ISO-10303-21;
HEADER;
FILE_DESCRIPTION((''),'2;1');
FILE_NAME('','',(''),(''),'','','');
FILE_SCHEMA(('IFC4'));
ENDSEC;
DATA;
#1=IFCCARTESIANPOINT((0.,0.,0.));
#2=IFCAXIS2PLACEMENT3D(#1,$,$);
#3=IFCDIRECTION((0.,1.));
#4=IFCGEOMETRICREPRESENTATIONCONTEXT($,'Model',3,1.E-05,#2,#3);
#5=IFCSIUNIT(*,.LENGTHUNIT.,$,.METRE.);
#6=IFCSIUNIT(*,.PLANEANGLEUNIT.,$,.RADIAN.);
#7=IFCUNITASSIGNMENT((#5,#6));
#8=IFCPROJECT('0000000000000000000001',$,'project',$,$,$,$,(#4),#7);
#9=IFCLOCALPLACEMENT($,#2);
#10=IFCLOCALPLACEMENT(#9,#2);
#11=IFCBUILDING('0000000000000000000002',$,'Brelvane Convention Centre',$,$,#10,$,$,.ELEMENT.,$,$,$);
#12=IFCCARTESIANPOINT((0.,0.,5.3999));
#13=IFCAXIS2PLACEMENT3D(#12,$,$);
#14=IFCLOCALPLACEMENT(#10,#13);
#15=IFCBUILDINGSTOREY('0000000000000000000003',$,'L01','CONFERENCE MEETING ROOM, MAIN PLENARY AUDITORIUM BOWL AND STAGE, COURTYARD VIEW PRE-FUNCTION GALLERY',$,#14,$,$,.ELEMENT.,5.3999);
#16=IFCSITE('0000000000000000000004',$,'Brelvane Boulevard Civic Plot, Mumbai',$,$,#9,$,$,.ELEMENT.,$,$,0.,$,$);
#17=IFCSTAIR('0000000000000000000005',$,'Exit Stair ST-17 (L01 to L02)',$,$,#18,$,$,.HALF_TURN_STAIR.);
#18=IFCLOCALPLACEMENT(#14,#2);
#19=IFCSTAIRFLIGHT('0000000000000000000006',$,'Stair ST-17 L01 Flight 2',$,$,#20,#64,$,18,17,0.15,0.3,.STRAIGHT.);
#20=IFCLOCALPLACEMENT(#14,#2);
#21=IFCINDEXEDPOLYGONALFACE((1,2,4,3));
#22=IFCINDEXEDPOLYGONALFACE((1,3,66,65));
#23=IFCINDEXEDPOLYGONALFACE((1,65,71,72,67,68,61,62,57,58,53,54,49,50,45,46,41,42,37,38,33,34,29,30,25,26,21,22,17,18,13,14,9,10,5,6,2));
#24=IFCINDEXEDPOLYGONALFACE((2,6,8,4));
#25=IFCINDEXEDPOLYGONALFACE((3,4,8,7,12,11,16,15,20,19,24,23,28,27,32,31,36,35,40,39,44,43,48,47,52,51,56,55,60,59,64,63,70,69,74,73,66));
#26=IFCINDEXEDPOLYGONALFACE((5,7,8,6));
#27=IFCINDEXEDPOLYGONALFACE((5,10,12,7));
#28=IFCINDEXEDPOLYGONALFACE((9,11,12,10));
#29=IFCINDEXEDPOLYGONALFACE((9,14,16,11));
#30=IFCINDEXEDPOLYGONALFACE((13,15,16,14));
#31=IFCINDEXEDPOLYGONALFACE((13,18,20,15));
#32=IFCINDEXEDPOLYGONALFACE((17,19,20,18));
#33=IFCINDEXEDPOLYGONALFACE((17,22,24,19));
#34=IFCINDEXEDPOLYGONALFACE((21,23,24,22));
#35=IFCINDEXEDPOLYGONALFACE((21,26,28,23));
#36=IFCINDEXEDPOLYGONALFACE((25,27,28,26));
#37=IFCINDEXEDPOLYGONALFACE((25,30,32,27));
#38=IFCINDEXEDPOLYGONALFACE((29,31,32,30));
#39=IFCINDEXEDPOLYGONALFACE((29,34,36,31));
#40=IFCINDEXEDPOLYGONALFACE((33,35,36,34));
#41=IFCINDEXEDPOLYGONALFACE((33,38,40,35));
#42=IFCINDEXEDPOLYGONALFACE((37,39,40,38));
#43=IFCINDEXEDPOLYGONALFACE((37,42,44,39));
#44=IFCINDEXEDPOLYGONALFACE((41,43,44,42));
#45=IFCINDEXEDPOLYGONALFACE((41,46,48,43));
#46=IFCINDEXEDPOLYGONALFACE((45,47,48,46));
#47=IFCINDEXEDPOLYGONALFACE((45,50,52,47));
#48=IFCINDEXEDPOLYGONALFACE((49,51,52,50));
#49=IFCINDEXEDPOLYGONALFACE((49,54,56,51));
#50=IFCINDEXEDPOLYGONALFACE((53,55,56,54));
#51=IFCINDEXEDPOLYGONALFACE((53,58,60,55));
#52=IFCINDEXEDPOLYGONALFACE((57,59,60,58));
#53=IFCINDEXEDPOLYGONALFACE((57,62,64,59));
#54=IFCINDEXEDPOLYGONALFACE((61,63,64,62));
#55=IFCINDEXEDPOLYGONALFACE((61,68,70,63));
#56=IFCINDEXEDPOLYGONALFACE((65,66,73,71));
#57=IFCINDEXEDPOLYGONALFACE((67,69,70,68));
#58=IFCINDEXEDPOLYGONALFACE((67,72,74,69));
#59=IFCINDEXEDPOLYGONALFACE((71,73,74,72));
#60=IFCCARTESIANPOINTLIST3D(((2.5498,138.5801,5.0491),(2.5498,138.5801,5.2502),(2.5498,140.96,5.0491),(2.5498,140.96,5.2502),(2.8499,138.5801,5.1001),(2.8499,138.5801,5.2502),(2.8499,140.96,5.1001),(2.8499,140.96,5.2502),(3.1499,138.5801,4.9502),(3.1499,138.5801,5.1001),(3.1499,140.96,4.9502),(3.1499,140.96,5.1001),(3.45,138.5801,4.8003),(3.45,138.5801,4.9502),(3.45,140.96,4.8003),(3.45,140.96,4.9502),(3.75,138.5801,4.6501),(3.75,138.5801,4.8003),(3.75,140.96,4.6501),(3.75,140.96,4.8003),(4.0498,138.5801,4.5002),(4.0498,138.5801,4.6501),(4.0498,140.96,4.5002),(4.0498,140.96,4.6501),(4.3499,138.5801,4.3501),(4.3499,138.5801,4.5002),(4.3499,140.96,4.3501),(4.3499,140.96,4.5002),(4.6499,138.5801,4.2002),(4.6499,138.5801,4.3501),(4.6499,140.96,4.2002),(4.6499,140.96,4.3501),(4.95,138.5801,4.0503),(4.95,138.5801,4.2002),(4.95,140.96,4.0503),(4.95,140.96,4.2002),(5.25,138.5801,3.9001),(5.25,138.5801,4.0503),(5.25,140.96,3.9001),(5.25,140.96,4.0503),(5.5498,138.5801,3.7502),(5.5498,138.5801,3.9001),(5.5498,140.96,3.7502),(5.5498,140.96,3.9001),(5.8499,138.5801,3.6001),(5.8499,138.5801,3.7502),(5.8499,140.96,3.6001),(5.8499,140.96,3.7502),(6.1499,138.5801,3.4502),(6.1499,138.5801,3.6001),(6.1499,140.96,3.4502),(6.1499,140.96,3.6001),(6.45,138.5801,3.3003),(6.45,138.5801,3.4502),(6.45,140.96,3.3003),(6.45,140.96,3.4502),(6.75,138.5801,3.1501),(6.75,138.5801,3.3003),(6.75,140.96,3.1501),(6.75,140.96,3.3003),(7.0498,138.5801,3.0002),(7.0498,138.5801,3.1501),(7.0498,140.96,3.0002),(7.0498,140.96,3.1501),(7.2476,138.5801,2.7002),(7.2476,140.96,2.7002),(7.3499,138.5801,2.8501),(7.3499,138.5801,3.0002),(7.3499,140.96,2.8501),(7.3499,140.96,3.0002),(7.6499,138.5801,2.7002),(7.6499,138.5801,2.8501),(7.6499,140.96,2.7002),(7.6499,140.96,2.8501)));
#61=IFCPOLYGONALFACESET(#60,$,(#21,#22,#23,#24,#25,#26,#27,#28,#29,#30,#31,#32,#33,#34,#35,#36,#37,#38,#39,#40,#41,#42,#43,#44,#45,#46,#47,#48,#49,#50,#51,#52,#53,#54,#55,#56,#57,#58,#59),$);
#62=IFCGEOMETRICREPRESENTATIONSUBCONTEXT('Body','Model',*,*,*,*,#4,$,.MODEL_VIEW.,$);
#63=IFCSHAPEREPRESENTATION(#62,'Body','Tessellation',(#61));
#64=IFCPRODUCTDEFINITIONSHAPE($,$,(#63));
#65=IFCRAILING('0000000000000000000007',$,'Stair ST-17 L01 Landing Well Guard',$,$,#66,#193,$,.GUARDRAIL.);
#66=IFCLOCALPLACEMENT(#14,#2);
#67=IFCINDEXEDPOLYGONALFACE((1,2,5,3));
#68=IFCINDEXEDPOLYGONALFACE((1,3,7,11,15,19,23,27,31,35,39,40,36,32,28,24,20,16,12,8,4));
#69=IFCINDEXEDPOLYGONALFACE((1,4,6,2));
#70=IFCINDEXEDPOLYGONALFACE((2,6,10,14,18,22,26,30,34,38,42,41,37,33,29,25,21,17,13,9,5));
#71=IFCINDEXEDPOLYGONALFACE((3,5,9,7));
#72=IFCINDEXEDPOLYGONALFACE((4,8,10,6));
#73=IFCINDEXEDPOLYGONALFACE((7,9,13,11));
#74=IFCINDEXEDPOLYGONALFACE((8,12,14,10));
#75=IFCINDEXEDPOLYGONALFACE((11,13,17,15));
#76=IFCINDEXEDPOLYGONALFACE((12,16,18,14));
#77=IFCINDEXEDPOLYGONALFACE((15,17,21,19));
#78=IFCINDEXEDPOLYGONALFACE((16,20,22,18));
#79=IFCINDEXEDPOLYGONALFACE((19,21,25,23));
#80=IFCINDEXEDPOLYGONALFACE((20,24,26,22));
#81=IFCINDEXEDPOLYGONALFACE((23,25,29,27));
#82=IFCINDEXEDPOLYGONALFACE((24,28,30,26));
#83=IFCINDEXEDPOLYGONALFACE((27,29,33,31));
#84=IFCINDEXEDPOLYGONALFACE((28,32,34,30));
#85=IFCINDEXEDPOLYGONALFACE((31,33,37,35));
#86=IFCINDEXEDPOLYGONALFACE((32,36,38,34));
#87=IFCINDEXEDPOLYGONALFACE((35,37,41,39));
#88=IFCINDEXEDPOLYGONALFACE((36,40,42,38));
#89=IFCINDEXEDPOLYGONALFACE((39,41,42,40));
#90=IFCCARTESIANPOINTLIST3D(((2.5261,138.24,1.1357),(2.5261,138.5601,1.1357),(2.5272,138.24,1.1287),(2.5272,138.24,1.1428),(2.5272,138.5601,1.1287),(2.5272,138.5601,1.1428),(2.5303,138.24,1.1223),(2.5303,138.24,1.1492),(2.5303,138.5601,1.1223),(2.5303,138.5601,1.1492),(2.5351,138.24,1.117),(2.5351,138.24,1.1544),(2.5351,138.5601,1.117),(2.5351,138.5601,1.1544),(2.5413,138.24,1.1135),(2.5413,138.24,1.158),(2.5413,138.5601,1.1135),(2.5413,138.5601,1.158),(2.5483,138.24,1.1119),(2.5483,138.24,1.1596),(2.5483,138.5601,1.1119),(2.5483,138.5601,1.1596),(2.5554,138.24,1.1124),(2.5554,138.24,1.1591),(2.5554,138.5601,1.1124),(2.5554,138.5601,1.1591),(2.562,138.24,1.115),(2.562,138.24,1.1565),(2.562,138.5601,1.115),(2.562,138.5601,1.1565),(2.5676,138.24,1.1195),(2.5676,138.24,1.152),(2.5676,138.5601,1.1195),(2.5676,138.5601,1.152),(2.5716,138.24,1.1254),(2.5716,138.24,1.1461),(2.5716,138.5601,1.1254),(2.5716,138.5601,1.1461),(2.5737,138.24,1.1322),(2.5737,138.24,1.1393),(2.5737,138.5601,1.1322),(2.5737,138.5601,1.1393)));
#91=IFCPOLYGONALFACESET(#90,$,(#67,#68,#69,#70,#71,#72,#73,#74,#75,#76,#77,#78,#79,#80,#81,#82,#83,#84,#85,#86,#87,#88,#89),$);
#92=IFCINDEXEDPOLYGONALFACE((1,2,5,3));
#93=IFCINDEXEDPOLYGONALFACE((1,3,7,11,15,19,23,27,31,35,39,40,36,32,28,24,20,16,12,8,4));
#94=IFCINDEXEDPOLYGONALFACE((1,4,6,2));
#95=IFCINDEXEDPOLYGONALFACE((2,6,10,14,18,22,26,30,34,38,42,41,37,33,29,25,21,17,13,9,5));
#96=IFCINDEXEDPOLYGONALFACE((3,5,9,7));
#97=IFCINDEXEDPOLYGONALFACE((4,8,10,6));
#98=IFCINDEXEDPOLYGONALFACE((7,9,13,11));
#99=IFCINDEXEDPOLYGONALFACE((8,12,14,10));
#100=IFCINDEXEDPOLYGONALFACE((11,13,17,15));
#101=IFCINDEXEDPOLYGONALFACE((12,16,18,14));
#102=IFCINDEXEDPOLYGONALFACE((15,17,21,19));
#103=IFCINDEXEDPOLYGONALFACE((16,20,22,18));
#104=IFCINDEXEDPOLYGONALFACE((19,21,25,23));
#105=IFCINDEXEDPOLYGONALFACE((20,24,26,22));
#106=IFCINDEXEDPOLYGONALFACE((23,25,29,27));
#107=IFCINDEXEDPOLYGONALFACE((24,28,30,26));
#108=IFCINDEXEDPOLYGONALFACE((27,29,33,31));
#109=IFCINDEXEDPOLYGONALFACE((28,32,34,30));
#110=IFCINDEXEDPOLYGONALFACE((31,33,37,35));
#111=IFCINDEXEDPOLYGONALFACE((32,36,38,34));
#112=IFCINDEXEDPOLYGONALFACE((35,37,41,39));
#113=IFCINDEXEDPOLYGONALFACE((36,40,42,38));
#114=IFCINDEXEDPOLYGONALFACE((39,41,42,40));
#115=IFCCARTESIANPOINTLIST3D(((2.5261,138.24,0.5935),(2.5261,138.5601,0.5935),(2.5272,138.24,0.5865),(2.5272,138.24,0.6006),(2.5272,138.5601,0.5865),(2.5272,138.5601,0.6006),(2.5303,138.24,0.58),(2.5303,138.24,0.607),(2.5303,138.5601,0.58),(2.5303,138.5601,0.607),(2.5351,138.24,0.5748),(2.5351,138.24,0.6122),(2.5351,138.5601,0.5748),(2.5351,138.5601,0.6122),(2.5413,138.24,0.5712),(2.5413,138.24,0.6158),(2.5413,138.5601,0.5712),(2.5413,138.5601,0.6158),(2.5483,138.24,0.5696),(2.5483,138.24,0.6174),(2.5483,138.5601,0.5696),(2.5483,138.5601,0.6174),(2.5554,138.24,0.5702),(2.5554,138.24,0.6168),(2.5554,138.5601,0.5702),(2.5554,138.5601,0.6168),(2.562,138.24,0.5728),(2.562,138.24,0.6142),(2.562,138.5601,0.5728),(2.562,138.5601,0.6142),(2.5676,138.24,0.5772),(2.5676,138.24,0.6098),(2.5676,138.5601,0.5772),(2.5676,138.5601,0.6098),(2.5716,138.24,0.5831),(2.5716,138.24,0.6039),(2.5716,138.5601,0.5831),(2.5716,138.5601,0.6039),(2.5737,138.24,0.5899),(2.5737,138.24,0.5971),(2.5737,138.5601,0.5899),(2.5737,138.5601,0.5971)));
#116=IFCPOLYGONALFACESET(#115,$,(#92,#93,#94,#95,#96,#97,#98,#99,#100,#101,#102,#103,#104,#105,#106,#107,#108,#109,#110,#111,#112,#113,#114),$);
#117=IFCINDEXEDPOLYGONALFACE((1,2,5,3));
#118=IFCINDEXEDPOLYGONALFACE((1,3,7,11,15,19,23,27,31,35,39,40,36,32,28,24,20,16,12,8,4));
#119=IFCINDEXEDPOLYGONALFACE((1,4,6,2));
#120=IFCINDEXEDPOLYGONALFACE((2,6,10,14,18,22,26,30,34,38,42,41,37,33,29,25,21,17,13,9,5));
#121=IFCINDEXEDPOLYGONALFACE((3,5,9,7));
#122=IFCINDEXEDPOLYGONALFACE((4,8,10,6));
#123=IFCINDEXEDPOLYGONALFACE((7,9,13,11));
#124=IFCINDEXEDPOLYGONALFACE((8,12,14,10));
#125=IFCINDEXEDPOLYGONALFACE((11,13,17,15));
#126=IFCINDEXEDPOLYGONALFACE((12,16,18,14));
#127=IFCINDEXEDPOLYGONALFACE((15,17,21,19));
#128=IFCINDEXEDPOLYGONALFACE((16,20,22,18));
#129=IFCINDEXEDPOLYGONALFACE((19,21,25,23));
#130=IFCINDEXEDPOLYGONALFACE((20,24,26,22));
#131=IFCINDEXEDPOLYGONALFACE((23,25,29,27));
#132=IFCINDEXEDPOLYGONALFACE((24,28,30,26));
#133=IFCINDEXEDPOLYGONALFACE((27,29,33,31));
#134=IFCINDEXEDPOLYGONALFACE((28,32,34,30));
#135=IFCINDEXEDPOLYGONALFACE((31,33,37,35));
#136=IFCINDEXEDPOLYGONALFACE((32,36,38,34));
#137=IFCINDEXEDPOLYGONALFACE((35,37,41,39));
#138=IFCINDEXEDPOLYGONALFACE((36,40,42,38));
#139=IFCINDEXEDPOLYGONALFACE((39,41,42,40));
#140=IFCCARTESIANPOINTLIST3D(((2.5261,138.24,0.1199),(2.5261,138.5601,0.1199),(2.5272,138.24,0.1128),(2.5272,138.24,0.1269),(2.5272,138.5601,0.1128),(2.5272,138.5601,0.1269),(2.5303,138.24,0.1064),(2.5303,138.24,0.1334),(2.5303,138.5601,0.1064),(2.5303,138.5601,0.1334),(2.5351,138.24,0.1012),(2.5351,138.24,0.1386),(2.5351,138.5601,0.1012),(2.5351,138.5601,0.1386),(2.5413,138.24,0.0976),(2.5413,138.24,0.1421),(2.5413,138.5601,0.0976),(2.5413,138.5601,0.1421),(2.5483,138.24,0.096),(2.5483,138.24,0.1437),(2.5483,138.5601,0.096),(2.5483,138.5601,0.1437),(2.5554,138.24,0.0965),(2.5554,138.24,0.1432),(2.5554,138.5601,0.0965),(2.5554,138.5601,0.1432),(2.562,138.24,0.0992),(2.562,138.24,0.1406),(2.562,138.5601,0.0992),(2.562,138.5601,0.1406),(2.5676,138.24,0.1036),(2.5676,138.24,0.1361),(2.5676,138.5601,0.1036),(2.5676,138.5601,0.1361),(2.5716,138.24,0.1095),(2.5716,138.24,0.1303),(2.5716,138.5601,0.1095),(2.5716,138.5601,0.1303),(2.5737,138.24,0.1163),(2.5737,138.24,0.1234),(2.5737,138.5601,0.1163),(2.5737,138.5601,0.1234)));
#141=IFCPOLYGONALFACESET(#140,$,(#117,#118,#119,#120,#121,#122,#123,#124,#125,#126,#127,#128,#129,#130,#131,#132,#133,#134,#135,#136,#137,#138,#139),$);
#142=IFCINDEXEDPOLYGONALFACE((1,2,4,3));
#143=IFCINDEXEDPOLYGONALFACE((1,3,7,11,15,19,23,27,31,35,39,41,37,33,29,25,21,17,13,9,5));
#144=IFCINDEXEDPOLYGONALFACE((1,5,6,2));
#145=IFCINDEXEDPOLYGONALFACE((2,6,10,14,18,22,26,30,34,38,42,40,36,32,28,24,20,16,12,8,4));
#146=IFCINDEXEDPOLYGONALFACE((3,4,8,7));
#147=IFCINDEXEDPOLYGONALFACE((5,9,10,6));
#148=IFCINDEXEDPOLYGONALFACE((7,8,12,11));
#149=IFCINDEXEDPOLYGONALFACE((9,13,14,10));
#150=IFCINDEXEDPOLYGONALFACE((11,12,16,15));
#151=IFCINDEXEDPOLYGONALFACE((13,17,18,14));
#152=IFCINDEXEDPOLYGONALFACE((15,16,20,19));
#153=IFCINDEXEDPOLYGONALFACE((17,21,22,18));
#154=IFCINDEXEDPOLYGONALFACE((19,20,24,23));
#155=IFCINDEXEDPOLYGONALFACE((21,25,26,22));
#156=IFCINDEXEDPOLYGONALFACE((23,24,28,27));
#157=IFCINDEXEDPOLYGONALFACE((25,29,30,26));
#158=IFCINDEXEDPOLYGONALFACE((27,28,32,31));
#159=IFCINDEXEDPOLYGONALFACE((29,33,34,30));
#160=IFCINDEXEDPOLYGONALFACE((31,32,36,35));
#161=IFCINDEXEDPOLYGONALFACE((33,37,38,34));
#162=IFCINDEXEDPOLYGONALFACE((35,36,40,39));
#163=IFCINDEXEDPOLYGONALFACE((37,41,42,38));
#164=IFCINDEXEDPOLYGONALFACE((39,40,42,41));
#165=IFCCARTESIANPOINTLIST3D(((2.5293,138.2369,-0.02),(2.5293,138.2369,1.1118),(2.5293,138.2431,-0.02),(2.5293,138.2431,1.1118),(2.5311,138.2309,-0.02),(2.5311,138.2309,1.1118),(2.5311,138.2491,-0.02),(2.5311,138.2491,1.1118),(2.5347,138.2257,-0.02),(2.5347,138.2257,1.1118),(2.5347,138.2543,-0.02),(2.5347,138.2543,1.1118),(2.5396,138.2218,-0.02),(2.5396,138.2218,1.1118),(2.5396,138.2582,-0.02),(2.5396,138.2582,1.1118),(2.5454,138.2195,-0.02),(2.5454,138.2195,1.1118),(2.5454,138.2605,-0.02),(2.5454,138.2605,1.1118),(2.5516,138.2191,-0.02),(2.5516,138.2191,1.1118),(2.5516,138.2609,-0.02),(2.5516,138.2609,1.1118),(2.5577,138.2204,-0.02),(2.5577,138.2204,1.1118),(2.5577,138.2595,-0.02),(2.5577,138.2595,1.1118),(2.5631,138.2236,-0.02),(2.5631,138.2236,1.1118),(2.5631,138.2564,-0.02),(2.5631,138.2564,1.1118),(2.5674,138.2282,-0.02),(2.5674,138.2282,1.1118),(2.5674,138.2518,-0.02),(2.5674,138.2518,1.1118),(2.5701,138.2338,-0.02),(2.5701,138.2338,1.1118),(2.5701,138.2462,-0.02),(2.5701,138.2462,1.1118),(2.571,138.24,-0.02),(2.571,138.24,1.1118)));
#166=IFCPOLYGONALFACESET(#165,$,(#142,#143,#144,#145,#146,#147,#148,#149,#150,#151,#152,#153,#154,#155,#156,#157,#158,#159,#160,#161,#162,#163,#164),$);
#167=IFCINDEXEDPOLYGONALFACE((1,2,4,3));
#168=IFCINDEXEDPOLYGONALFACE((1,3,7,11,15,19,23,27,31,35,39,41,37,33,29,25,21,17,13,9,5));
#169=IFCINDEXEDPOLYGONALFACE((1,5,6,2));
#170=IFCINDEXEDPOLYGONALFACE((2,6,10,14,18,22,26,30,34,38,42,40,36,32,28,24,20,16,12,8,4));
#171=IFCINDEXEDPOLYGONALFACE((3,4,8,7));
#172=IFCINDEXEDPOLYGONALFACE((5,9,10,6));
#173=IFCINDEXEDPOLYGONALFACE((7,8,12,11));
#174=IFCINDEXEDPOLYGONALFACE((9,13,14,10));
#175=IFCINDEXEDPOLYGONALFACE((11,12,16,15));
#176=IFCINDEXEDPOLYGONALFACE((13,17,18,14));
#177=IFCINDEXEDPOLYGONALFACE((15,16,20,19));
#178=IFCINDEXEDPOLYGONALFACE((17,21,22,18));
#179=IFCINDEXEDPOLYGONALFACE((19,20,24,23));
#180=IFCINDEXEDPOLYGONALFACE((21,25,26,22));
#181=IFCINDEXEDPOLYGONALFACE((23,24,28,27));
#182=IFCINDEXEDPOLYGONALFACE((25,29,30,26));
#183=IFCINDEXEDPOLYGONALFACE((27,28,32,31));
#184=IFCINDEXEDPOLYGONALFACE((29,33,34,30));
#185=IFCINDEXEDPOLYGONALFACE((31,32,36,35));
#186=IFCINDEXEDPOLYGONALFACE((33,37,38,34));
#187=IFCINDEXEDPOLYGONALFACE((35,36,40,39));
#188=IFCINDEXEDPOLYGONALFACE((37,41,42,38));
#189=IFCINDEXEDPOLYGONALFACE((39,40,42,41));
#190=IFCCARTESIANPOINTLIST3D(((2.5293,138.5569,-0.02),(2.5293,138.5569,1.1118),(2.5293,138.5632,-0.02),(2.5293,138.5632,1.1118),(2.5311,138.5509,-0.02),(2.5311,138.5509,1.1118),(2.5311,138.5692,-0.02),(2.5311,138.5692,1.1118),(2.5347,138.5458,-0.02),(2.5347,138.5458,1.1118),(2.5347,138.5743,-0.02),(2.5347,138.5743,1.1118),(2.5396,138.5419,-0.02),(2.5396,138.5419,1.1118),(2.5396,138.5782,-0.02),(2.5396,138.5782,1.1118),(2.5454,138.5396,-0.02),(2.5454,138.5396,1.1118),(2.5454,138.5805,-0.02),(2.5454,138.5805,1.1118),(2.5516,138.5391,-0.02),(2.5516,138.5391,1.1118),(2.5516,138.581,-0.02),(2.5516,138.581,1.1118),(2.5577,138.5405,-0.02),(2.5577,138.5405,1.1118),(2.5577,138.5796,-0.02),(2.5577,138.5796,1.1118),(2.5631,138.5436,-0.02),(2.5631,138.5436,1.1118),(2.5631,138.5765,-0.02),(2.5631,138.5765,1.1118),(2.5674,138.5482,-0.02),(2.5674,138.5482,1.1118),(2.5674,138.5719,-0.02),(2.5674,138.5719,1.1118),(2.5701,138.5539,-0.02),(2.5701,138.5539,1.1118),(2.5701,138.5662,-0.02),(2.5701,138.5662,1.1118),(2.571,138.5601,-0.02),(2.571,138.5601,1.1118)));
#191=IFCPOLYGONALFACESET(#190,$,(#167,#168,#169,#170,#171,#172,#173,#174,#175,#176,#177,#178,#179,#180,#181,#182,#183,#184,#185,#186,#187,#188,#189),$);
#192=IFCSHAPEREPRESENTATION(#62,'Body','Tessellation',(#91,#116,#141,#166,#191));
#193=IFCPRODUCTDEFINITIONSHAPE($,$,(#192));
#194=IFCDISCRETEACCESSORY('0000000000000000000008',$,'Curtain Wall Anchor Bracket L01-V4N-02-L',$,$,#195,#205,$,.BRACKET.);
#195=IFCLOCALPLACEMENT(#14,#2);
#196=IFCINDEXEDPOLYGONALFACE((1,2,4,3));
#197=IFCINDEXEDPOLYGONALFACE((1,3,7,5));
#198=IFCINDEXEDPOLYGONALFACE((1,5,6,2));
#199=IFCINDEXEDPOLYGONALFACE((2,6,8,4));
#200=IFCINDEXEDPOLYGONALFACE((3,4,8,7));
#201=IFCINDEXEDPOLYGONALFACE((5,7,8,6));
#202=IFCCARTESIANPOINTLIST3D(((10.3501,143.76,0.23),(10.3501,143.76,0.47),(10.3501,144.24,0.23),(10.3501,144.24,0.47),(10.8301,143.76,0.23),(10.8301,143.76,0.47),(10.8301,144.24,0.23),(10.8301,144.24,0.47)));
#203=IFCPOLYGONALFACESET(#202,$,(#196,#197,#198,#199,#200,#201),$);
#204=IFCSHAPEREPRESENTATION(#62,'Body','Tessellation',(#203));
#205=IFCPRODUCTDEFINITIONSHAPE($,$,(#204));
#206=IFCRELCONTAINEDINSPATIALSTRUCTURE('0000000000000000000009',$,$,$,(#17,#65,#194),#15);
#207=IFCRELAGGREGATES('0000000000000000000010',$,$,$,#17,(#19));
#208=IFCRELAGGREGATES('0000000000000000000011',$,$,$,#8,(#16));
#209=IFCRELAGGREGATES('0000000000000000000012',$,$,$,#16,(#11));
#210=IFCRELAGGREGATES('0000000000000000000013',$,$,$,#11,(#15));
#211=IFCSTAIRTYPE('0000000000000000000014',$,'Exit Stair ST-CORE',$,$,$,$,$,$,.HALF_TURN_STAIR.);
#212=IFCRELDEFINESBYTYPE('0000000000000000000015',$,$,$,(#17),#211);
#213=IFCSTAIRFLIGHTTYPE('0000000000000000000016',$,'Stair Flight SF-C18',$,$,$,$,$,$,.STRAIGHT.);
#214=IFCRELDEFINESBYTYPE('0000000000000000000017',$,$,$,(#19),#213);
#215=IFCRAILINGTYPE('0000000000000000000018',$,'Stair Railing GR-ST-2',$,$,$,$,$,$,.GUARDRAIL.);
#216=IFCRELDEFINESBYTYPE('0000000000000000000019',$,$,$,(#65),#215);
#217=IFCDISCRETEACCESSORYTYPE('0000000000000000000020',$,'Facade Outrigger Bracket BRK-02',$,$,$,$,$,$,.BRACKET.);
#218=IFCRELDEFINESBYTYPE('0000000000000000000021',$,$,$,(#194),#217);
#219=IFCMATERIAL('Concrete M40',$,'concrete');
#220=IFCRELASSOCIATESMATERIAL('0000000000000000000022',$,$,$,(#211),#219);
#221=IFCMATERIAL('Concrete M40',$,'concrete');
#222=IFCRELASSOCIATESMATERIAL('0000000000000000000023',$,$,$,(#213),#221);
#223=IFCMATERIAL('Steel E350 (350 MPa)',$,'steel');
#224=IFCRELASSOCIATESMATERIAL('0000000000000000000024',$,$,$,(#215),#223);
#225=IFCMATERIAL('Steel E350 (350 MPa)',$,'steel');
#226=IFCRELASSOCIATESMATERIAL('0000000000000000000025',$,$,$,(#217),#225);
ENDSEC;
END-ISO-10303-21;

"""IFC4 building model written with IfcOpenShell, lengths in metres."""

from ifc_helpers import new_model, si_unit, direction, frame, origin, origin_2d, place, context, subcontext, project, spatial, polyline, rectangle, circle, outline, extrude, material, type_object, element, aggregate, save


model = new_model("IFC4")

# Units and contexts
model_context = context("Model", 3, precision=1e-05, world=origin(), true_north=direction((0.0, 1.0)))
body_context = subcontext(model_context, "Body", "Model", "MODEL_VIEW")
ifc_project = project(units=[si_unit("LENGTHUNIT", "METRE"), si_unit("PLANEANGLEUNIT", "RADIAN")], contexts=[model_context])

# Site, building, storey
site_placement = place(None, origin())
site = spatial("IfcSite", under=ifc_project, at=site_placement, Name="Brelvane Boulevard Civic Plot, Mumbai", CompositionType="ELEMENT", RefElevation=0.0)
building_placement = place(site_placement, origin())
building = spatial("IfcBuilding", under=site, at=building_placement, Name="Brelvane Convention Centre", CompositionType="ELEMENT")
storey_placement = place(building_placement, frame((0.0, 0.0, 5.3999)))
storey = spatial("IfcBuildingStorey", under=building, at=storey_placement, Name="L01", Description="CONFERENCE MEETING ROOM, MAIN PLENARY AUDITORIUM BOWL AND STAGE, COURTYARD VIEW PRE-FUNCTION GALLERY", CompositionType="ELEMENT", Elevation=5.3999)

# Stair, stair flight
ifc_material_1 = material(Name="Concrete M40", Category="concrete")
stair_type = type_object("IfcStairType", Name="Exit Stair ST-CORE", PredefinedType="HALF_TURN_STAIR", material=ifc_material_1)
stair_placement = place(storey_placement, origin())
stair = element("IfcStair", 1, at=stair_placement, inside=storey, type_object=stair_type, Name="Exit Stair ST-17 (L01 to L02)", PredefinedType="HALF_TURN_STAIR")
ifc_material_2 = material(Name="Concrete M40", Category="concrete")
stair_flight_type = type_object("IfcStairFlightType", Name="Stair Flight SF-C18", PredefinedType="STRAIGHT", material=ifc_material_2)
stair_flight_1_placement = place(storey_placement, frame((7.6499, 139.77, 2.7002), z_axis=(0.0, 0.0, 1.0), x_axis=(-1.0, 0.0, 0.0)))
stair_flight_1 = element("IfcStairFlight", 2, at=stair_flight_1_placement, type_object=stair_flight_type, Name="Stair ST-17 L01 Flight 2", NumberOfRisers=18, NumberOfTreads=17, PredefinedType="STRAIGHT", RiserHeight=0.15, TreadLength=0.3, context=body_context, shape_type="SweptSolid", body=[
    extrude(outline(polyline([(0.0, 0.0), (0.0, 0.1499), (0.3, 0.1499), (0.3, 0.3), (0.6001, 0.3), (0.6001, 0.45), (0.8999, 0.45), (0.8999, 0.6001), (1.2, 0.6001), (1.2, 0.75), (1.5, 0.75), (1.5, 0.8999), (1.8, 0.8999), (1.8, 1.05), (2.1001, 1.05), (2.1001, 1.2), (2.3999, 1.2), (2.3999, 1.3501), (2.7, 1.3501), (2.7, 1.5), (3.0, 1.5), (3.0, 1.6499), (3.3, 1.6499), (3.3, 1.8), (3.6001, 1.8), (3.6001, 1.95), (3.8999, 1.95), (3.8999, 2.1001), (4.2, 2.1001), (4.2, 2.25), (4.5, 2.25), (4.5, 2.3999), (4.8, 2.3999), (4.8, 2.55), (5.1001, 2.55), (5.1001, 2.7), (5.1001, 2.3489), (0.4023, 0.0), (0.0, 0.0)])), frame((0.0, 1.1899, 0.0), z_axis=(0.0, -1.0, 0.0), x_axis=(1.0, 0.0, 0.0)), (0.0, 0.0, 1.0), 2.3799),
])
aggregate(stair, [stair_flight_1])

# Railing
ifc_material_3 = material(Name="Steel E350 (350 MPa)", Category="steel")
railing_type_1 = type_object("IfcRailingType", Name="Stair Railing GR-ST-2", PredefinedType="GUARDRAIL", material=ifc_material_3)
railing_1_placement = place(storey_placement, frame((2.55, 138.24, -0.02)))
element("IfcRailing", 3, at=railing_1_placement, inside=storey, type_object=railing_type_1, Name="Stair ST-17 L01 Landing Well Guard", PredefinedType="GUARDRAIL", context=body_context, shape_type="SweptSolid", body=[
    extrude(circle(Radius=0.0239, at=origin_2d()), frame((0.0, 0.0, 1.1558), z_axis=(0.0, 1.0, 0.0), x_axis=(-1.0, 0.0, 0.0)), (0.0, 0.0, 1.0), 0.3201),
    extrude(circle(Radius=0.0239, at=origin_2d()), frame((0.0, 0.0, 0.6135), z_axis=(0.0, 1.0, 0.0), x_axis=(-1.0, 0.0, 0.0)), (0.0, 0.0, 1.0), 0.3201),
    extrude(circle(Radius=0.0239, at=origin_2d()), frame((0.0, 0.0, 0.1399), z_axis=(0.0, 1.0, 0.0), x_axis=(-1.0, 0.0, 0.0)), (0.0, 0.0, 1.0), 0.3201),
    extrude(circle(Radius=0.021, at=origin_2d()), origin(), (0.0, 0.0, 1.0), 1.1318),
    extrude(circle(Radius=0.021, at=origin_2d()), frame((0.0, 0.3201, 0.0)), (0.0, 0.0, 1.0), 1.1318),
])

# Discrete accessory
ifc_material_4 = material(Name="Steel E350 (350 MPa)", Category="steel")
discrete_accessory_type = type_object("IfcDiscreteAccessoryType", Name="Facade Outrigger Bracket BRK-02", PredefinedType="BRACKET", material=ifc_material_4)
discrete_accessory_placement = place(storey_placement, frame((10.5901, 144.0, 0.23), z_axis=(0.0, 0.0, 1.0), x_axis=(1.0, 0.0, 0.0)))
element("IfcDiscreteAccessory", 4, at=discrete_accessory_placement, inside=storey, type_object=discrete_accessory_type, Name="Curtain Wall Anchor Bracket L01-V4N-02-L", PredefinedType="BRACKET", context=body_context, shape_type="SweptSolid", body=[
    extrude(rectangle(XDim=0.48, YDim=0.48, at=origin_2d()), origin(), (0.0, 0.0, 1.0), 0.24),
])

save(model, "model.ifc")
